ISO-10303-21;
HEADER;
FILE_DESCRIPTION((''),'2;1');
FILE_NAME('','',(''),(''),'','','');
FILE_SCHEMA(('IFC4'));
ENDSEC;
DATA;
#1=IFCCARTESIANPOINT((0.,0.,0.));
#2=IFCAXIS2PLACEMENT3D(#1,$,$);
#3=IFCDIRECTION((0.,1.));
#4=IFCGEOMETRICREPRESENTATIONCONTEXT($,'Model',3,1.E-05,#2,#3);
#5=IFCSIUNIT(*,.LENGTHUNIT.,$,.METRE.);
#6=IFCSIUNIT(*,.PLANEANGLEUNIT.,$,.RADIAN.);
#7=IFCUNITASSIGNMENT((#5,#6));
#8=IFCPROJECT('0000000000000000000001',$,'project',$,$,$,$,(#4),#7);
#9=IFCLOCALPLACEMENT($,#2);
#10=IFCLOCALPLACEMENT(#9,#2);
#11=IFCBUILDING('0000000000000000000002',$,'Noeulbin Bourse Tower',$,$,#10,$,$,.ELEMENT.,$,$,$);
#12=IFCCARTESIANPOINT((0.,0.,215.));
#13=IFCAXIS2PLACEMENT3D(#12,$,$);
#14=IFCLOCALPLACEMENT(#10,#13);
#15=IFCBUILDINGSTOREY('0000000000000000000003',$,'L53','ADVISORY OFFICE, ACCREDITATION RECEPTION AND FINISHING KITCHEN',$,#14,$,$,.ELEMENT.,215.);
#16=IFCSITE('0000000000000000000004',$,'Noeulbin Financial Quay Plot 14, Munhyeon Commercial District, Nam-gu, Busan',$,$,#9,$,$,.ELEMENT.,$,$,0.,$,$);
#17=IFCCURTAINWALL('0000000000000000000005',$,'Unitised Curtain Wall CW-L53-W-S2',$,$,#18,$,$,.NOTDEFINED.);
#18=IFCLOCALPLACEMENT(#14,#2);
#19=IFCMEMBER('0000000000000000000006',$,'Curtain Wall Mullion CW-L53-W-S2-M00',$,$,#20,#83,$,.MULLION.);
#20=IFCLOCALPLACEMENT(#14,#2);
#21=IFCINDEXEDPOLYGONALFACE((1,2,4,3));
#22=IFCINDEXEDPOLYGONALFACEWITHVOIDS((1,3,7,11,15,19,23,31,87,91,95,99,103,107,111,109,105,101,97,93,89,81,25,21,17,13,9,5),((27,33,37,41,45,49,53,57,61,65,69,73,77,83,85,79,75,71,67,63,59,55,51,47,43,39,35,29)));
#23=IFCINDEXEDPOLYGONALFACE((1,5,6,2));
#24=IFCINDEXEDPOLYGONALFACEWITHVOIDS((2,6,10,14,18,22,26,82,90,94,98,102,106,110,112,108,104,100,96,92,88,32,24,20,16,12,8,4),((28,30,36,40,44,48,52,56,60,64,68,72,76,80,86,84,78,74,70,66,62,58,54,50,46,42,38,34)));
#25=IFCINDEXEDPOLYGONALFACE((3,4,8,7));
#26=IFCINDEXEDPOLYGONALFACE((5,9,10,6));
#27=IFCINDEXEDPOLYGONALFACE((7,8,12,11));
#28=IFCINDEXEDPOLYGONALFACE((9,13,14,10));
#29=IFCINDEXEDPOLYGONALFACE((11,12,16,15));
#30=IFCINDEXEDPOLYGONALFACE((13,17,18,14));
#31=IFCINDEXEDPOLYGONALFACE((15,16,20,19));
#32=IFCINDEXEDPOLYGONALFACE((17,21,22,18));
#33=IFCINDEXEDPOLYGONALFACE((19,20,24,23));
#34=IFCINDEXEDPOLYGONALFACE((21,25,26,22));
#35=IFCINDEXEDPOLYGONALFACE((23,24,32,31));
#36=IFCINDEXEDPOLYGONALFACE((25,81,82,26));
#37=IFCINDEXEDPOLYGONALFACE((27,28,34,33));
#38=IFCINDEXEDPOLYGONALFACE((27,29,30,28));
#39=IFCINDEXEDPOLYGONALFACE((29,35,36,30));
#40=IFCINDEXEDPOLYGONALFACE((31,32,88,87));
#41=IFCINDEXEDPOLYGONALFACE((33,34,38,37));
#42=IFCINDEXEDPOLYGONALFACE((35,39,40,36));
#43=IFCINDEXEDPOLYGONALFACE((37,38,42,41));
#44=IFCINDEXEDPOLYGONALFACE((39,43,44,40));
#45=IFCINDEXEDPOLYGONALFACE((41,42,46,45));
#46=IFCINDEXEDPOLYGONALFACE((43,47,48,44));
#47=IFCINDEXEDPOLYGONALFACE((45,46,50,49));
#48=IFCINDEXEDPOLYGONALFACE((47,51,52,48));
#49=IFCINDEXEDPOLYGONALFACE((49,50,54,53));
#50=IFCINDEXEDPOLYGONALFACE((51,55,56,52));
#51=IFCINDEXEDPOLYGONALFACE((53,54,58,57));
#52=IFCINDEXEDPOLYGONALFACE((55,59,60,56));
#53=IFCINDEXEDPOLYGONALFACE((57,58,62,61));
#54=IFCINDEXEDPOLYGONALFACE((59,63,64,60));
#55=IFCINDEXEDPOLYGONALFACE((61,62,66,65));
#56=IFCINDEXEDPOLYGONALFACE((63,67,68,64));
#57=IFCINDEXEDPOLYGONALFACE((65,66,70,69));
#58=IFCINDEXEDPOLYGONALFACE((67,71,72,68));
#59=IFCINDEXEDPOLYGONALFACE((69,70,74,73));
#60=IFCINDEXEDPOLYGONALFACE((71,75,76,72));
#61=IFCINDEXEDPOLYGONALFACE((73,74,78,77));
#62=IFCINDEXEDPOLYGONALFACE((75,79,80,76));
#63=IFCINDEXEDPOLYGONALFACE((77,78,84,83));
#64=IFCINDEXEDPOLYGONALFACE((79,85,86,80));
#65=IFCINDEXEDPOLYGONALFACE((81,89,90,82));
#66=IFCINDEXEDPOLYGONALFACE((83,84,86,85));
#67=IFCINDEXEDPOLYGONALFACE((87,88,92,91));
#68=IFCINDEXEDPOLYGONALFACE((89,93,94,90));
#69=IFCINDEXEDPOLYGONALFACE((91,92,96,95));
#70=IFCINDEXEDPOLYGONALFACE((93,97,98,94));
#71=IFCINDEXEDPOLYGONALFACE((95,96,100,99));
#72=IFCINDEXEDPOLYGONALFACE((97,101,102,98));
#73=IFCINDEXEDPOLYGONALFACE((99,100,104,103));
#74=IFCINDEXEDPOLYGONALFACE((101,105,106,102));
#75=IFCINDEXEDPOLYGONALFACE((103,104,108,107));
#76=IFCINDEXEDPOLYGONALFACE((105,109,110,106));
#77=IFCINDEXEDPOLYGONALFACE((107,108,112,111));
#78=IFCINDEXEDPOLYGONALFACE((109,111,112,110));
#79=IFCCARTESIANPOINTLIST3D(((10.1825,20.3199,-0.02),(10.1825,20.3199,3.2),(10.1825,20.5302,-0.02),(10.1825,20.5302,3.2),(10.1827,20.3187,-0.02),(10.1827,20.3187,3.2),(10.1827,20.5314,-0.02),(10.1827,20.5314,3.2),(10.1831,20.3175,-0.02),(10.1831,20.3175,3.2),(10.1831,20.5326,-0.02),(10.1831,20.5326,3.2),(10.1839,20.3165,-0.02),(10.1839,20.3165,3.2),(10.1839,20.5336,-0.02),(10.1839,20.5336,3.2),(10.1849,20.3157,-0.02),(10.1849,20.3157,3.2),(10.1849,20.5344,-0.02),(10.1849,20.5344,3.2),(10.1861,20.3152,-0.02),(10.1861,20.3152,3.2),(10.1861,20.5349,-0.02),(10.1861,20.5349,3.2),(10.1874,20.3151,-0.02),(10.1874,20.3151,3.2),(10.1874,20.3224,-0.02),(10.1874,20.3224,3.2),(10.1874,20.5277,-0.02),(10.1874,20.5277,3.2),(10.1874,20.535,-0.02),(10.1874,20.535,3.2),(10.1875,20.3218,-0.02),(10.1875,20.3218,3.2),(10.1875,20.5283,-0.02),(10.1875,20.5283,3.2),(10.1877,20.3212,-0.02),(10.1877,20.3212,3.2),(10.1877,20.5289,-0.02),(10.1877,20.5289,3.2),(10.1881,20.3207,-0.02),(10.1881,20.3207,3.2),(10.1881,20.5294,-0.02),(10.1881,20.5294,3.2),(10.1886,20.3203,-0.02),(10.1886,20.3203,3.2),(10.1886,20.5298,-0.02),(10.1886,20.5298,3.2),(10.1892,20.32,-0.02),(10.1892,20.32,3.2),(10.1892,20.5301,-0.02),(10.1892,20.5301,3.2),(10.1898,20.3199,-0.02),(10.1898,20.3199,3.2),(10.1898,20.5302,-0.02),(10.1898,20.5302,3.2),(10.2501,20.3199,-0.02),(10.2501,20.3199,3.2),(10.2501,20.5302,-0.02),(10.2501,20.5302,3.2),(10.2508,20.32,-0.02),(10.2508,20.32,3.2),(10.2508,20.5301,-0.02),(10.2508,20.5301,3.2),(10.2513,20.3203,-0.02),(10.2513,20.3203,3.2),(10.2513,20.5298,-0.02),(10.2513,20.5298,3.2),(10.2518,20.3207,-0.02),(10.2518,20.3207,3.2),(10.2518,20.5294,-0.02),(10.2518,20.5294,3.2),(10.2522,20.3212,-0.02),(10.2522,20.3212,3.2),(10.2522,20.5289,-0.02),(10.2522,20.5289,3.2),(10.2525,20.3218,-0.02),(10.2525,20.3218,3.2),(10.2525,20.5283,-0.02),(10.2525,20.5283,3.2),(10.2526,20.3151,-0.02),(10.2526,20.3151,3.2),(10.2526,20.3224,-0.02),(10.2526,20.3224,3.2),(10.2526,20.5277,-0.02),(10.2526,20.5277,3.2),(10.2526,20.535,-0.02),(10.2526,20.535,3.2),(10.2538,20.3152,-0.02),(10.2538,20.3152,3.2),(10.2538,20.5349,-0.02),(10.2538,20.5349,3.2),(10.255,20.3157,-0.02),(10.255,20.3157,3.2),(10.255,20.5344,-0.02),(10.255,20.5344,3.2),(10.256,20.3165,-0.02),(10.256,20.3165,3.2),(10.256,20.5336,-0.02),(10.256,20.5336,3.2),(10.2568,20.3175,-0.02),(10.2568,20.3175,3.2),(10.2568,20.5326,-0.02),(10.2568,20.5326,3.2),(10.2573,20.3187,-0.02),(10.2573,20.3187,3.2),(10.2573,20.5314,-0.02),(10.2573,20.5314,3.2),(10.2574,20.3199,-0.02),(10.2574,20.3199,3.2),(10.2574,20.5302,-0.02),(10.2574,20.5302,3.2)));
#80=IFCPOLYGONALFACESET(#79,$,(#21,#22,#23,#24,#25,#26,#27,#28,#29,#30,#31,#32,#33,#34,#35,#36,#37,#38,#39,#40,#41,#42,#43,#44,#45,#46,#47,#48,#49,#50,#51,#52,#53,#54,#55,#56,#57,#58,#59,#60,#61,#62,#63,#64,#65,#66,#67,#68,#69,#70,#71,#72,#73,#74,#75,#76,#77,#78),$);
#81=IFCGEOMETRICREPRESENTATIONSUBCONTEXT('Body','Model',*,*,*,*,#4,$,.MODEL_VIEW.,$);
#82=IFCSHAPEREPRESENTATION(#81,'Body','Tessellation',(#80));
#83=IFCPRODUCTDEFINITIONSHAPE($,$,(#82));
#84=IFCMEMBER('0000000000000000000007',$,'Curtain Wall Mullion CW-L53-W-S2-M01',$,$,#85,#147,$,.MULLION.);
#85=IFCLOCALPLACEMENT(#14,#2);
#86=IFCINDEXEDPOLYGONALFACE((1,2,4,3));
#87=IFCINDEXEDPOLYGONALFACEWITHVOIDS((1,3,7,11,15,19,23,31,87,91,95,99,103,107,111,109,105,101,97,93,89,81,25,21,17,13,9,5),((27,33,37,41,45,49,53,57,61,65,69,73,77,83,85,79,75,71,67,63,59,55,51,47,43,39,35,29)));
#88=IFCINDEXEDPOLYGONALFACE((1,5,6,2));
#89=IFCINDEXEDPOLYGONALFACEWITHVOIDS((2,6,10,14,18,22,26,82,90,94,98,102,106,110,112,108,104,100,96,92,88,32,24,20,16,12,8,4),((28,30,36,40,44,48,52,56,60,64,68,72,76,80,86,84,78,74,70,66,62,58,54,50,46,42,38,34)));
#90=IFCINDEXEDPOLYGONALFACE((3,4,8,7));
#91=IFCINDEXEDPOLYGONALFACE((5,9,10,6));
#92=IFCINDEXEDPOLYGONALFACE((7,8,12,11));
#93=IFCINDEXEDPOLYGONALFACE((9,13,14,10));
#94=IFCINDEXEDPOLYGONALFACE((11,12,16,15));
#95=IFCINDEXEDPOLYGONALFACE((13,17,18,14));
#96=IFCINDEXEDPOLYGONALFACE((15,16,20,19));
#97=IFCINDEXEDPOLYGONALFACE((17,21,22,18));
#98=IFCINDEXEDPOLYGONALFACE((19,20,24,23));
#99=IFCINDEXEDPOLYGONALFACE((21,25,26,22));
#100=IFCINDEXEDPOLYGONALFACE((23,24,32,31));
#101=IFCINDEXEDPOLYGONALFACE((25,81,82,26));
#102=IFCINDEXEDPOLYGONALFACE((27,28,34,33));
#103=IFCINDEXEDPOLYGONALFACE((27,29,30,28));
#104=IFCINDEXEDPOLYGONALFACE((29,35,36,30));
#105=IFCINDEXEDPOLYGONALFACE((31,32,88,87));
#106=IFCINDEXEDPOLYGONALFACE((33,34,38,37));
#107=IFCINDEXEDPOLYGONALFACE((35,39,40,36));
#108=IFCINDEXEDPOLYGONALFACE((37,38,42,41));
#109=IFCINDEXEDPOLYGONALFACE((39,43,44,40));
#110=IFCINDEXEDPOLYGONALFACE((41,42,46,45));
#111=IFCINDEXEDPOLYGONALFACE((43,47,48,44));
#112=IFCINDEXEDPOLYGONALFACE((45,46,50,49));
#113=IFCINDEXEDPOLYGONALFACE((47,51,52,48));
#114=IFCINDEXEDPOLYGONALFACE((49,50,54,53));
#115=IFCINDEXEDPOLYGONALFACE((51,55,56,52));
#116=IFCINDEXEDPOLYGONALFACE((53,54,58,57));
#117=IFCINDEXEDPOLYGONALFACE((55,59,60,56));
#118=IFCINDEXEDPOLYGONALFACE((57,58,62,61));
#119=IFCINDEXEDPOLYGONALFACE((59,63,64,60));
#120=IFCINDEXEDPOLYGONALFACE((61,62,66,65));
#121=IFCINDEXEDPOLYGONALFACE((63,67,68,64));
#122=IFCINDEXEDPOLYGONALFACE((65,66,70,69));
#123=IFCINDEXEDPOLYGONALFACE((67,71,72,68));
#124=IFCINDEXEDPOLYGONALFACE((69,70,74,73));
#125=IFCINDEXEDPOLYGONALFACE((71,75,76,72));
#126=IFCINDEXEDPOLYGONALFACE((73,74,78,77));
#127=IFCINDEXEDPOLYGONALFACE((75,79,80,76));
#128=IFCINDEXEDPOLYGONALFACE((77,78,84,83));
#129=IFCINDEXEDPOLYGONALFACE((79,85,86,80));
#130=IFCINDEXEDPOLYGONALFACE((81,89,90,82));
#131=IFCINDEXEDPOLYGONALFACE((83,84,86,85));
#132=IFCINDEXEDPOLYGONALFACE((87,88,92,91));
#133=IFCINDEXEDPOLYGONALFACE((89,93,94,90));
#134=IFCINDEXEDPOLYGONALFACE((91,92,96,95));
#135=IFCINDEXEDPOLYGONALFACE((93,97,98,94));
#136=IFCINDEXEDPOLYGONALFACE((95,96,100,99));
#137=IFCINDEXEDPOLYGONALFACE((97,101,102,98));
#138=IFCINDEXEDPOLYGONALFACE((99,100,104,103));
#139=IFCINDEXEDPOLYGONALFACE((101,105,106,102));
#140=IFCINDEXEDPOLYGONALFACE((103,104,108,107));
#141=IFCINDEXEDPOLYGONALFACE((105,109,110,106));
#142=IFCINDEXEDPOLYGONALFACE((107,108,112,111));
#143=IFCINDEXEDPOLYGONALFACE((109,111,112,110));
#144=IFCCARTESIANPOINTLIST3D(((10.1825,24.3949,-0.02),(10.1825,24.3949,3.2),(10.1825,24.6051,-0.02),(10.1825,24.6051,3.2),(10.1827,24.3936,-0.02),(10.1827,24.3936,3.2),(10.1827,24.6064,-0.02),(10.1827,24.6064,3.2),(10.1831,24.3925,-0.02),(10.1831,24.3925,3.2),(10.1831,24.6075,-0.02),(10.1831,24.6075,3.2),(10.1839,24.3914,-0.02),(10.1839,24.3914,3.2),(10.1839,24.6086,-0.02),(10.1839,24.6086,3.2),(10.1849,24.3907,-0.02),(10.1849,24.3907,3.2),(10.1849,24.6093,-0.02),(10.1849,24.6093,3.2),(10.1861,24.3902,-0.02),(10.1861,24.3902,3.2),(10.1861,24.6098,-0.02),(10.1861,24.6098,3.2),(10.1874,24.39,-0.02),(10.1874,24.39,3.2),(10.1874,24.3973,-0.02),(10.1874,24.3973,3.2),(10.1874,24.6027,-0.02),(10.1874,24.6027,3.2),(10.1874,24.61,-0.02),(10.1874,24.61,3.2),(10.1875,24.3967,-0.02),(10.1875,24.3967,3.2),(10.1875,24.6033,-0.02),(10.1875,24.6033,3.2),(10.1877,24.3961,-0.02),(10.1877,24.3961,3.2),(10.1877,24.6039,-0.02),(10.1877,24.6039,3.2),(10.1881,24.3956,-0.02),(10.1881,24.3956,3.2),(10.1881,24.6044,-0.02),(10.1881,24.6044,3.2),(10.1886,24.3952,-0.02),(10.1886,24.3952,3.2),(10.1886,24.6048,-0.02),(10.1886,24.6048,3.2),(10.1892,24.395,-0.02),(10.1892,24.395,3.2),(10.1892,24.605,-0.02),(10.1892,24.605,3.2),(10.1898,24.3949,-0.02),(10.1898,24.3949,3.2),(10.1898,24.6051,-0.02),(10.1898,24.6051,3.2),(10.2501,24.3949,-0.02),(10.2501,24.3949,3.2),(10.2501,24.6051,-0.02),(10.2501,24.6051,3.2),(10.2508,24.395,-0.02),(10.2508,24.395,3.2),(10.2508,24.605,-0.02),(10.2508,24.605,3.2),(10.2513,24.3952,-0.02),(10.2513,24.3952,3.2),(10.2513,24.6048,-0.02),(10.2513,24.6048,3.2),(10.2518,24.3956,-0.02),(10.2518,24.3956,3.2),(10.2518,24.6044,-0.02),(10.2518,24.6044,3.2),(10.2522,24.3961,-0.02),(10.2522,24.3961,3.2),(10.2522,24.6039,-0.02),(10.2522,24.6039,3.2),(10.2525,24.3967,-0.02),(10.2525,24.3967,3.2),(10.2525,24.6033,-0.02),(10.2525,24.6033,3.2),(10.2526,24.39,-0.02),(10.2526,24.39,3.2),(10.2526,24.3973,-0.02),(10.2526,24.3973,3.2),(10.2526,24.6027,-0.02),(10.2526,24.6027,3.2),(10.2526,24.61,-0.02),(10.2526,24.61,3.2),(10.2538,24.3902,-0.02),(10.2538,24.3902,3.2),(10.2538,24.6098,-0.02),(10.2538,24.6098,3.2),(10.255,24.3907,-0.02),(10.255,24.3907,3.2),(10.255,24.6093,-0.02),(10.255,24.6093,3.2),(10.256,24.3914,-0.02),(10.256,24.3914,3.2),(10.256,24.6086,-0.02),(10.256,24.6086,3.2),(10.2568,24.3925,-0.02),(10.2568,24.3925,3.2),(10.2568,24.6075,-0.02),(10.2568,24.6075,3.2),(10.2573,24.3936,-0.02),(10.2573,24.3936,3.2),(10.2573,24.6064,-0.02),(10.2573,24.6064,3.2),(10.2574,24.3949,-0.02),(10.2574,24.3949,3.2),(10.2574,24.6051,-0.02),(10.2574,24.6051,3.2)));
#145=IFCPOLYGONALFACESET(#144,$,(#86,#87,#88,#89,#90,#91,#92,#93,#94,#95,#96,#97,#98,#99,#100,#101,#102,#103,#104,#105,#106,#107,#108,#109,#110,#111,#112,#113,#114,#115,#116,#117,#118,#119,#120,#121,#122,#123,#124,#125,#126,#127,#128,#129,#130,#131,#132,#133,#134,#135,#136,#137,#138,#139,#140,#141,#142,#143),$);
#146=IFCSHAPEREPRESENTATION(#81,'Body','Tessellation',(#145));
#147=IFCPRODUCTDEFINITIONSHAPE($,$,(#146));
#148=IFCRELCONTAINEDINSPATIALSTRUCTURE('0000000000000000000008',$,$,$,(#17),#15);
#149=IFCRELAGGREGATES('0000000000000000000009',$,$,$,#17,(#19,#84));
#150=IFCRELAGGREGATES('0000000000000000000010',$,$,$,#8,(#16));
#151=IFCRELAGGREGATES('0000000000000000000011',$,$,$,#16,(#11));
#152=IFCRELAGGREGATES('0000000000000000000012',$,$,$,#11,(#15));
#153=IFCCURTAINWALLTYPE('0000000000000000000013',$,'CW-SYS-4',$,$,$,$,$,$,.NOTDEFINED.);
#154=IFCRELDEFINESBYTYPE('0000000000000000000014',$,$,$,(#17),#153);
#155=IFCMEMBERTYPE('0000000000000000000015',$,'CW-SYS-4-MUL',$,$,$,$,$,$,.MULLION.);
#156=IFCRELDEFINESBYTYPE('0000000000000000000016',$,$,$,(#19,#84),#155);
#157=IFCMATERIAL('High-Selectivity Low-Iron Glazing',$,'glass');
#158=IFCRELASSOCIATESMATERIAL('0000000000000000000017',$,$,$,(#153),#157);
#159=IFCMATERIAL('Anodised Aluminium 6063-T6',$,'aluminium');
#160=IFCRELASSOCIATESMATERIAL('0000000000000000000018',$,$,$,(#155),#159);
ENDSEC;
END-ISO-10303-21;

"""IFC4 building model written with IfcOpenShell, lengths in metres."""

from ifc_helpers import new_model, si_unit, direction, frame, origin, origin_2d, place, context, subcontext, project, spatial, hollow_rectangle, extrude, material, material_profile, profile_set, type_object, element, aggregate, save


model = new_model("IFC4")

# Units and contexts
model_context = context("Model", 3, precision=1e-05, world=origin(), true_north=direction((0.0, 1.0)))
body_context = subcontext(model_context, "Body", "Model", "MODEL_VIEW")
ifc_project = project(units=[si_unit("LENGTHUNIT", "METRE"), si_unit("PLANEANGLEUNIT", "RADIAN")], contexts=[model_context])

# Site, building, storey
site_placement = place(None, origin())
site = spatial("IfcSite", under=ifc_project, at=site_placement, Name="Noeulbin Financial Quay Plot 14, Munhyeon Commercial District, Nam-gu, Busan", CompositionType="ELEMENT", RefElevation=0.0)
building_placement = place(site_placement, origin())
building = spatial("IfcBuilding", under=site, at=building_placement, Name="Noeulbin Bourse Tower", CompositionType="ELEMENT")
storey_placement = place(building_placement, frame((0.0, 0.0, 215.0)))
storey = spatial("IfcBuildingStorey", under=building, at=storey_placement, Name="L53", Description="ADVISORY OFFICE, ACCREDITATION RECEPTION AND FINISHING KITCHEN", CompositionType="ELEMENT", Elevation=215.0)

# Curtain wall, members
ifc_material_1 = material(Name="High-Selectivity Low-Iron Glazing", Category="glass")
curtain_wall_type = type_object("IfcCurtainWallType", Name="CW-SYS-4", PredefinedType="NOTDEFINED", material=ifc_material_1)
curtain_wall_1_placement = place(storey_placement, origin())
curtain_wall_1 = element("IfcCurtainWall", 1, at=curtain_wall_1_placement, inside=storey, type_object=curtain_wall_type, Name="Unitised Curtain Wall CW-L53-W-S2", PredefinedType="NOTDEFINED")
ifc_material_2 = material(Name="Anodised Aluminium 6063-T6", Category="aluminium")
ifc_material_profile_1 = material_profile(ifc_material_2, hollow_rectangle(XDim=0.075, YDim=0.22, WallThickness=0.0049, InnerFilletRadius=0.0024, OuterFilletRadius=0.0049, at=origin_2d()), Name="ALU-MULL-75x220x5", Category="LoadBearing")
ifc_profile_set_1 = profile_set([ifc_material_profile_1], Name="Anodised Aluminium 6063-T6")
member_type_1 = type_object("IfcMemberType", Name="CW-SYS-4-MUL", PredefinedType="MULLION", material=ifc_profile_set_1)
member_1_placement = place(storey_placement, frame((10.22, 20.425, -0.02), z_axis=(0.0, 0.0, 1.0), x_axis=(1.0, 0.0, 0.0)))
member_1 = element("IfcMember", 2, at=member_1_placement, type_object=member_type_1, Name="Curtain Wall Mullion CW-L53-W-S2-M00", PredefinedType="MULLION", context=body_context, shape_type="SweptSolid", body=[
    extrude(hollow_rectangle(XDim=0.075, YDim=0.22, WallThickness=0.0049, InnerFilletRadius=0.0024, OuterFilletRadius=0.0049, at=origin_2d()), origin(), (0.0, 0.0, 1.0), 3.22),
])
member_2_placement = place(storey_placement, frame((10.22, 24.5, -0.02), z_axis=(0.0, 0.0, 1.0), x_axis=(1.0, 0.0, 0.0)))
member_2 = element("IfcMember", 3, at=member_2_placement, type_object=member_type_1, Name="Curtain Wall Mullion CW-L53-W-S2-M01", PredefinedType="MULLION", context=body_context, shape_type="SweptSolid", body=[
    extrude(hollow_rectangle(XDim=0.075, YDim=0.22, WallThickness=0.0049, InnerFilletRadius=0.0024, OuterFilletRadius=0.0049, at=origin_2d()), origin(), (0.0, 0.0, 1.0), 3.22),
])

aggregate(curtain_wall_1, [member_1, member_2])

save(model, "model.ifc")
